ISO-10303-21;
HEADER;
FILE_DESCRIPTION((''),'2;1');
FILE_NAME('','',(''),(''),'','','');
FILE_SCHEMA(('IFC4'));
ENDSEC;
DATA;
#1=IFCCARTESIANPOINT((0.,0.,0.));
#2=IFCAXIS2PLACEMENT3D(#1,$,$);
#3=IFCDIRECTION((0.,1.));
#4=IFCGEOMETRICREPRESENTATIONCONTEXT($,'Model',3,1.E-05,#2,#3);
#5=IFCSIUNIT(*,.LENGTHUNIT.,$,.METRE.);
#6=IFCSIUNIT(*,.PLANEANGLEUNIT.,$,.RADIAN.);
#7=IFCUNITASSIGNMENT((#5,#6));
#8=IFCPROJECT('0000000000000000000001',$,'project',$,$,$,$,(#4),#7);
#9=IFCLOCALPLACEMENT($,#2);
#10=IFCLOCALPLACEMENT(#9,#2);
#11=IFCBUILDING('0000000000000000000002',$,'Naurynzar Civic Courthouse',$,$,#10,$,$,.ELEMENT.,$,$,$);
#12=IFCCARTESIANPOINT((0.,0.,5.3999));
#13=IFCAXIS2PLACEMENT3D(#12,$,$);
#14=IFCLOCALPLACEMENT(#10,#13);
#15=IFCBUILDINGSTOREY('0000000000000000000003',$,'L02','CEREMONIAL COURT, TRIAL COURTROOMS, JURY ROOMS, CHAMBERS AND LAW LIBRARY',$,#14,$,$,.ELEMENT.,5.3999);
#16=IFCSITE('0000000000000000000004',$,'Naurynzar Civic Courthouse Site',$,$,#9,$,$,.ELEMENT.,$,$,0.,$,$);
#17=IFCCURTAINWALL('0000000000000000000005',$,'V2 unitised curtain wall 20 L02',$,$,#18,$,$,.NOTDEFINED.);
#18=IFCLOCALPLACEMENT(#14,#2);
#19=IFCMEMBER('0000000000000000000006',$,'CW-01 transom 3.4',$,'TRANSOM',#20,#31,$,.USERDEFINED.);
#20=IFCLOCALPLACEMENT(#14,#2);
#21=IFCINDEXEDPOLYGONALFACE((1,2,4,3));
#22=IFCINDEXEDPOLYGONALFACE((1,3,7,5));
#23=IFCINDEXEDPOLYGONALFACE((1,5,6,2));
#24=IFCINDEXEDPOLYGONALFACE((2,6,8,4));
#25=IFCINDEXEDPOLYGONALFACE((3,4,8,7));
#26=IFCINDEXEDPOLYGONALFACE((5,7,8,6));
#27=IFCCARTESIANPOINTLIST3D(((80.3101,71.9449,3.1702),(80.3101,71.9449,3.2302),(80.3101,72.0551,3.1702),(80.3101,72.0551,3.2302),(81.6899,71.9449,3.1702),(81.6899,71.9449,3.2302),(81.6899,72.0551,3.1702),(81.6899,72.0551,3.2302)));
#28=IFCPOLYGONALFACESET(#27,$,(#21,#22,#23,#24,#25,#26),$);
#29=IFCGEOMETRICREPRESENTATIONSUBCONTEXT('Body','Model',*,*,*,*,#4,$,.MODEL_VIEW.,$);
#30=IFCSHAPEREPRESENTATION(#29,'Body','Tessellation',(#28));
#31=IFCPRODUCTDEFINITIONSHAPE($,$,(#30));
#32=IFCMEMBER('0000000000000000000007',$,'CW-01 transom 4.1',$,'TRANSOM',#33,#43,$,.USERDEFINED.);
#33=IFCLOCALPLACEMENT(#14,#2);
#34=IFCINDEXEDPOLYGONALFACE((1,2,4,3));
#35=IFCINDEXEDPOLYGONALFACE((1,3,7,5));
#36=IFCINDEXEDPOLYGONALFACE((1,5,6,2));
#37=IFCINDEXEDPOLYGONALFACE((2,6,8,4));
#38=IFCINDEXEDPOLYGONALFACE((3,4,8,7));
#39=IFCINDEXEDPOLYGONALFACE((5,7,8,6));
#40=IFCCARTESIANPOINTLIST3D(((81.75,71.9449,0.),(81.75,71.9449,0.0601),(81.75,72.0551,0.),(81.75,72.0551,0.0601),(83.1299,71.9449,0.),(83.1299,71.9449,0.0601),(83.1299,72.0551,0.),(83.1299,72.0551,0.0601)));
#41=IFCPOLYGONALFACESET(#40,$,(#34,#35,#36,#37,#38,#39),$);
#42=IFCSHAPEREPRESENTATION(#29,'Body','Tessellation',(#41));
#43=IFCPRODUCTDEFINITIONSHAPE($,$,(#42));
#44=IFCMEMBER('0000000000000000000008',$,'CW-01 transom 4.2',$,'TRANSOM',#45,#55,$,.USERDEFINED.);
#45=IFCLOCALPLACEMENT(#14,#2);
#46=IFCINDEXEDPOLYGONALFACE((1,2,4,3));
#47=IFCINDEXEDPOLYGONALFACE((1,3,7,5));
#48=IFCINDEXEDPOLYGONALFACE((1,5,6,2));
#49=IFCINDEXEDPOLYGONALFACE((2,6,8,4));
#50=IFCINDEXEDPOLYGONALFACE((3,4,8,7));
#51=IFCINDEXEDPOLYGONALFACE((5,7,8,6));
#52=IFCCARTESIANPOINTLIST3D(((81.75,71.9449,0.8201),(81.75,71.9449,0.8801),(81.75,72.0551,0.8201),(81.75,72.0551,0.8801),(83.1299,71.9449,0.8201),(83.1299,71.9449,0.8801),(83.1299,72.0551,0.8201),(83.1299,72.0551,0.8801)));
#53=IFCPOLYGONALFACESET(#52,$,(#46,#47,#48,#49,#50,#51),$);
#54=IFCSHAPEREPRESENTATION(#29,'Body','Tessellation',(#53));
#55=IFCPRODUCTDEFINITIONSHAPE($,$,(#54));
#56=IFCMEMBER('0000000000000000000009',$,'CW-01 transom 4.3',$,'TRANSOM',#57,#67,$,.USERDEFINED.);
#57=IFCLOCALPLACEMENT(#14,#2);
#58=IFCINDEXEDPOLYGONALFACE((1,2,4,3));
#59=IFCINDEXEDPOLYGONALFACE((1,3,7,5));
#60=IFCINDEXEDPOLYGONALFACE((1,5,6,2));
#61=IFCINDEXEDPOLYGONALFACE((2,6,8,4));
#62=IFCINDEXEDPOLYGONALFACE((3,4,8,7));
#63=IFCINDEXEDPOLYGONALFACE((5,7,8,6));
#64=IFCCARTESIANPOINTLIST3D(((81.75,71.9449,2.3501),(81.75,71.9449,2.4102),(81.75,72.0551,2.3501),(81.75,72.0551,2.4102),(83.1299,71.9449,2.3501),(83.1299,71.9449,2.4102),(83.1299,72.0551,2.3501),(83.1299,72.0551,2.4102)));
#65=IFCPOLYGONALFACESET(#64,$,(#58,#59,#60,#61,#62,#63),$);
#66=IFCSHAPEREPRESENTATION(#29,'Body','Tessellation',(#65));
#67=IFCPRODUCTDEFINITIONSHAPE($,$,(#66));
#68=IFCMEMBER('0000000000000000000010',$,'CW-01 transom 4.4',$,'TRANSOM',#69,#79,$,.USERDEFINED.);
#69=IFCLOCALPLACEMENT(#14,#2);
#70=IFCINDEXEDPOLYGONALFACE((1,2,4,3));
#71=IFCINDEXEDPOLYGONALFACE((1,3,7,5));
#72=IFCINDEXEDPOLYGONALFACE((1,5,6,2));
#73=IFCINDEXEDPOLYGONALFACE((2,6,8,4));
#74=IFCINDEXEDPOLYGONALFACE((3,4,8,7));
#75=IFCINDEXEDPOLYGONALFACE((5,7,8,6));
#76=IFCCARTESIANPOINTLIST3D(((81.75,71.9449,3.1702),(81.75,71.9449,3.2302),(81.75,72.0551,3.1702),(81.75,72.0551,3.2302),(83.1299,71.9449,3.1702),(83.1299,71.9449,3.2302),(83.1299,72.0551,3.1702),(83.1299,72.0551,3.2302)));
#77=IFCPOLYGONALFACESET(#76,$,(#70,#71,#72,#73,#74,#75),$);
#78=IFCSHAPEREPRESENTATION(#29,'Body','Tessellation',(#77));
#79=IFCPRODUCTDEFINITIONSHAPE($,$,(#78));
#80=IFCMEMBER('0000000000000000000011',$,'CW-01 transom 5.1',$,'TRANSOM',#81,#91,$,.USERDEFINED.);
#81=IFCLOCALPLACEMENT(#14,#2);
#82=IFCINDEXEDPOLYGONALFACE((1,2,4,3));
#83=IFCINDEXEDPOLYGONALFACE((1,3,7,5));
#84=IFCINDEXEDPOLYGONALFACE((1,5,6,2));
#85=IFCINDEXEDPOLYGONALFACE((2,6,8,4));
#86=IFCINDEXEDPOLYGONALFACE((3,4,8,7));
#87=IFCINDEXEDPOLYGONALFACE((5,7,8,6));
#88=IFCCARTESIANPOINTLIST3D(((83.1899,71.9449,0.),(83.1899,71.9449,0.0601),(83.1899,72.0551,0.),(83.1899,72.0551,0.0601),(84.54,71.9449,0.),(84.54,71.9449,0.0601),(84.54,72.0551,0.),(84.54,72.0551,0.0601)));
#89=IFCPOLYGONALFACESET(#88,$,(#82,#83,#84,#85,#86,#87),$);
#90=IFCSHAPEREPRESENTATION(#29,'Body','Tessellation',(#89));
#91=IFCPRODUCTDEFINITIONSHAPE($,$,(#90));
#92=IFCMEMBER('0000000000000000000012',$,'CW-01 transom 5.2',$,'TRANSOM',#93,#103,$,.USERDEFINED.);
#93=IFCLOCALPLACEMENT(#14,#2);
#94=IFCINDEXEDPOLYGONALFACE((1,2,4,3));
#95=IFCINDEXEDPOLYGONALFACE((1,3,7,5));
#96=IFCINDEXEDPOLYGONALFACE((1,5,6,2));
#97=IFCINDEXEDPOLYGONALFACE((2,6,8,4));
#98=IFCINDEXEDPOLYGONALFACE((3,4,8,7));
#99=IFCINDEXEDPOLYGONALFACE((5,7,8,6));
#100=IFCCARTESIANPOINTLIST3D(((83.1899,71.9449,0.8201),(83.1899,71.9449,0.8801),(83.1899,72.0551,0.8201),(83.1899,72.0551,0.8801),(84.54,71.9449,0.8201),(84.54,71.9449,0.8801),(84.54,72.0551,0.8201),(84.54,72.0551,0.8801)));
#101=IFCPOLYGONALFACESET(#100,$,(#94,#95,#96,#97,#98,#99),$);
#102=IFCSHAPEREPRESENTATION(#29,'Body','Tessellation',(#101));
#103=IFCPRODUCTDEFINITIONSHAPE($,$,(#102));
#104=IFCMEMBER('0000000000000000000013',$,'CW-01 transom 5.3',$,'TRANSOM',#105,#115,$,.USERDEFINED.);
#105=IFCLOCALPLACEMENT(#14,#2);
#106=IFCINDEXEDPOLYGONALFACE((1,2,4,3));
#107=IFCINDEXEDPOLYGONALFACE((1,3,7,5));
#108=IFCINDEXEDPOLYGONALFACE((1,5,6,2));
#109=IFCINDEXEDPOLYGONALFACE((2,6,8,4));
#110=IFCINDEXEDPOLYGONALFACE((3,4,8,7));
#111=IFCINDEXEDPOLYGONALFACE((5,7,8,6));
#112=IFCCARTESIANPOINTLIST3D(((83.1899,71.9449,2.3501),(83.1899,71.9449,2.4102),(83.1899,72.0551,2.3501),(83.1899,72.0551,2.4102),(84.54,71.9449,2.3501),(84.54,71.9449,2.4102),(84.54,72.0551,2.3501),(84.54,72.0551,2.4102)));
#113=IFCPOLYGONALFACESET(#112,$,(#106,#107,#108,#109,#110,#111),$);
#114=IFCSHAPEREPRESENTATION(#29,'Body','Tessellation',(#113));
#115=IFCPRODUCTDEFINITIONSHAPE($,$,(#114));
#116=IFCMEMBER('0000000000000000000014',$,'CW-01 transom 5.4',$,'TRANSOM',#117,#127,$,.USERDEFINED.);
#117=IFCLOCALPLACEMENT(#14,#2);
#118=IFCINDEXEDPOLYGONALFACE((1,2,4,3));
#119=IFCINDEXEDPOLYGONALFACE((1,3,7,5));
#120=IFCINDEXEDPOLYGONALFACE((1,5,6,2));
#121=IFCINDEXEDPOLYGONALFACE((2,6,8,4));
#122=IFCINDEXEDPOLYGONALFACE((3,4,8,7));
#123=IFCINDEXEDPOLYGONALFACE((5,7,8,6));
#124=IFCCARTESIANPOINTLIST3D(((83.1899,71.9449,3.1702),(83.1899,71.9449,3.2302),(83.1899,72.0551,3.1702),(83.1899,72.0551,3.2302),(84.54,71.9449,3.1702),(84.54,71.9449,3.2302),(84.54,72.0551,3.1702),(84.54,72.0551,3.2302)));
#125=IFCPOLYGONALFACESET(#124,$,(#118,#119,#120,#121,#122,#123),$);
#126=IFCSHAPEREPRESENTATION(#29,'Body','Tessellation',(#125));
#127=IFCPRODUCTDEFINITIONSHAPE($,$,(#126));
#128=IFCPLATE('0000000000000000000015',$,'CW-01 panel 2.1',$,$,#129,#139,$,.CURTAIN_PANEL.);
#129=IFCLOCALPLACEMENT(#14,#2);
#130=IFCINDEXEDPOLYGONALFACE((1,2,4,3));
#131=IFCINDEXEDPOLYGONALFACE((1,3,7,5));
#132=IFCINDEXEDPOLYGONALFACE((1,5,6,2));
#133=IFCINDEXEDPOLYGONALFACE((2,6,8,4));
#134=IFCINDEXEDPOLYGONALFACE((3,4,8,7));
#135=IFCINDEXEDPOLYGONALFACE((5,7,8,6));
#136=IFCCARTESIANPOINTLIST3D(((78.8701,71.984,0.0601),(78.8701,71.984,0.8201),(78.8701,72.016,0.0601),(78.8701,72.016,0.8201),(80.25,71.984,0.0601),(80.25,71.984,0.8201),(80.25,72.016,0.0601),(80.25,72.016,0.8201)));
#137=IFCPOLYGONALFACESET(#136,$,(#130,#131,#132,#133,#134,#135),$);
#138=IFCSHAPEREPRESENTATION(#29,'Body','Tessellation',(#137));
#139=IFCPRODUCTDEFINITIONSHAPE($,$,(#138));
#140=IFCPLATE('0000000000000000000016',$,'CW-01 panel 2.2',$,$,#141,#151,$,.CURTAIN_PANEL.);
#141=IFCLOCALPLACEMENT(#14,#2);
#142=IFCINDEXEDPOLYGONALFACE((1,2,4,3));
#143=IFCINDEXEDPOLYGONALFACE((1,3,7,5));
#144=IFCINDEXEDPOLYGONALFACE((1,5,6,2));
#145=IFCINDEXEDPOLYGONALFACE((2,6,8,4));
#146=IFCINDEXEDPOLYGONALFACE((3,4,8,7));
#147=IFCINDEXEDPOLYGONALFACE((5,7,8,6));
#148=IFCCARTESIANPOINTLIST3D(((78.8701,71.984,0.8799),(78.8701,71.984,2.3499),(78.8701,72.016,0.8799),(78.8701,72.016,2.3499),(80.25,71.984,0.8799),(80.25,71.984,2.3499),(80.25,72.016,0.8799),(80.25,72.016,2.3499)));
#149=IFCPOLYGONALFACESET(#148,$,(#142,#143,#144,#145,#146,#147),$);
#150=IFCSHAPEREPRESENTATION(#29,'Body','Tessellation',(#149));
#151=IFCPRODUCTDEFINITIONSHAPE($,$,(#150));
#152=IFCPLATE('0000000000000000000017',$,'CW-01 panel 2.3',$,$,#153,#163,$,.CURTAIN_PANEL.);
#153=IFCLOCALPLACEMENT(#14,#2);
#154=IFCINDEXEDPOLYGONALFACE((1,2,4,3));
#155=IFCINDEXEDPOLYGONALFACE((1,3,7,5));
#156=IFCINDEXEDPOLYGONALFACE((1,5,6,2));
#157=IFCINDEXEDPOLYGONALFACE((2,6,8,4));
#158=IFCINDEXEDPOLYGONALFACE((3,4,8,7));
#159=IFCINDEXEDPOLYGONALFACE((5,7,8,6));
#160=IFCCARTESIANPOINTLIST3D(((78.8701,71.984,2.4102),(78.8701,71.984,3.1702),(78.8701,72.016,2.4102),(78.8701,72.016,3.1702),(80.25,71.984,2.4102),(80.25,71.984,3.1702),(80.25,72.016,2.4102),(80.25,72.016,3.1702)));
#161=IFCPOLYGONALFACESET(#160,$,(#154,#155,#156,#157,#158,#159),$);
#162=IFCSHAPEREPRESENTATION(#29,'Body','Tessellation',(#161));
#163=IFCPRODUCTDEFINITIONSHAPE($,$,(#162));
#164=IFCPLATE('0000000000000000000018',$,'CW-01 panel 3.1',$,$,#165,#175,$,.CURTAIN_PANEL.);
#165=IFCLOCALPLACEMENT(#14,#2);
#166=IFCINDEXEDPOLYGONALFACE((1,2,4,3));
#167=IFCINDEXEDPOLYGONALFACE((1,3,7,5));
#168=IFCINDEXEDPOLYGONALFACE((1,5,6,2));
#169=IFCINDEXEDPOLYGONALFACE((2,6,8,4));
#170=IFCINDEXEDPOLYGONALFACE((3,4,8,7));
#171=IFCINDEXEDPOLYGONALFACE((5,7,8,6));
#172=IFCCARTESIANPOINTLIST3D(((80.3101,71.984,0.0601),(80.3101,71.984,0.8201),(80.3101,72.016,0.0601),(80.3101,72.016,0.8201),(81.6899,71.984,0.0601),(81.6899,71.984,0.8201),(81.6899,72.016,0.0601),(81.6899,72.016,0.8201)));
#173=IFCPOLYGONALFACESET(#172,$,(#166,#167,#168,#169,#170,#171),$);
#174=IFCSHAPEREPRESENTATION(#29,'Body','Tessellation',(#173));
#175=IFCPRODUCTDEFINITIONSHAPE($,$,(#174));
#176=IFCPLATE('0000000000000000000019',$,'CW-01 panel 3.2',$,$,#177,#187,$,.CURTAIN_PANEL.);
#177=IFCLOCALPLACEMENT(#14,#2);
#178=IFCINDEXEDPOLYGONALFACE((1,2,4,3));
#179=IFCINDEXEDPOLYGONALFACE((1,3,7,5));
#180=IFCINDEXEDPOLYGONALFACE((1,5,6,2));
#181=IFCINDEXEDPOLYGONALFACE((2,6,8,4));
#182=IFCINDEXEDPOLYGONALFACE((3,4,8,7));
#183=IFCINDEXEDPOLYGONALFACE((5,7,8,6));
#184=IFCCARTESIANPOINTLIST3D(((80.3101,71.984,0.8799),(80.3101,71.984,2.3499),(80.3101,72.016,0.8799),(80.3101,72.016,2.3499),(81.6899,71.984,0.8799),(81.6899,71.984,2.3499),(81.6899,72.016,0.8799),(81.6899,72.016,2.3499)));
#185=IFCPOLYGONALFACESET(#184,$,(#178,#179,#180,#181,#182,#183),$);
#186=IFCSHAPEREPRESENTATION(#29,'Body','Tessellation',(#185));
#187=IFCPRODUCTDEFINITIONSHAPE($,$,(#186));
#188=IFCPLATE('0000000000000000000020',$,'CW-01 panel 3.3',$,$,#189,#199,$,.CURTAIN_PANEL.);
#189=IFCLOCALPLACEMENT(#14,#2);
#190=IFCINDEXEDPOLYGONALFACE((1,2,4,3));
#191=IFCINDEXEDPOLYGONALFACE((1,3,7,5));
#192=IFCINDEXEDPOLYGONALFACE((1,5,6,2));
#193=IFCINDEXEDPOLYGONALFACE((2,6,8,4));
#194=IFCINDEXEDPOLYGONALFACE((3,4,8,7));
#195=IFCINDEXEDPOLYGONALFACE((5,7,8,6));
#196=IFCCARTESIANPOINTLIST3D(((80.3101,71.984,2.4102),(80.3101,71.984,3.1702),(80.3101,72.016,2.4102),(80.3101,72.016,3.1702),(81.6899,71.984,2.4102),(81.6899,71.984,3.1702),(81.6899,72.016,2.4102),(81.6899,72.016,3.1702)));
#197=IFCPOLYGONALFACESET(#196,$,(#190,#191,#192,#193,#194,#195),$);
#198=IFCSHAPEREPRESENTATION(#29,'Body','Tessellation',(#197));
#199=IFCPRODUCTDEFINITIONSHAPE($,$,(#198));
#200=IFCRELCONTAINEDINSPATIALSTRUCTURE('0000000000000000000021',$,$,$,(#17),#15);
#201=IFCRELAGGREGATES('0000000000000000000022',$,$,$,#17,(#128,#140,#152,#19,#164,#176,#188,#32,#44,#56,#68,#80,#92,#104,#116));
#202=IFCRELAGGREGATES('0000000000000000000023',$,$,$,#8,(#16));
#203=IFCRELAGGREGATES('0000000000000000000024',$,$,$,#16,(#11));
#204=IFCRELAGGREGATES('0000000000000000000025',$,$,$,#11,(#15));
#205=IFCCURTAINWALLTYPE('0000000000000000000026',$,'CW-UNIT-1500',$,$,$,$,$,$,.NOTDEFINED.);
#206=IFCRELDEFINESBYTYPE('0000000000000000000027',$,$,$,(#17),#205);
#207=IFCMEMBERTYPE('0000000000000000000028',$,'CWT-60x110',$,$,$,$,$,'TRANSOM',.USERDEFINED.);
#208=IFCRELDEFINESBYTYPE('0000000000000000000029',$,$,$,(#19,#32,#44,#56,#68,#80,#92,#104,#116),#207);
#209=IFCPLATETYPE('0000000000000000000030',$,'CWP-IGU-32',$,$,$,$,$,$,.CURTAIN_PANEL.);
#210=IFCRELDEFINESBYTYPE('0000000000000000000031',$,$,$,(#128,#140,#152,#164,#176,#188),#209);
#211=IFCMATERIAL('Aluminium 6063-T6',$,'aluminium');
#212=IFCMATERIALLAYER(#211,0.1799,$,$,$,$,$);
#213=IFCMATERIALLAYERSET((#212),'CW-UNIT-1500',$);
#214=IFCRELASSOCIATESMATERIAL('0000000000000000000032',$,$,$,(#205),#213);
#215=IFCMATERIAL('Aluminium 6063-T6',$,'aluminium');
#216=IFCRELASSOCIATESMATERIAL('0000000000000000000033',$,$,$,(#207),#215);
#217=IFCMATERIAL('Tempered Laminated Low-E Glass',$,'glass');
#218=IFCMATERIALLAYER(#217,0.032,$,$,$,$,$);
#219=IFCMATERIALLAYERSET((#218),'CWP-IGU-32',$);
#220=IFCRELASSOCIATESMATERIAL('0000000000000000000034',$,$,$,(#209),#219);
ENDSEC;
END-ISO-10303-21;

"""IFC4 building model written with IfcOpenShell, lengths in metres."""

from ifc_helpers import new_model, si_unit, direction, frame, origin, origin_2d, place, context, subcontext, project, spatial, rectangle, extrude, material, layer, layer_set, material_profile, profile_set, type_object, element, aggregate, save


model = new_model("IFC4")

# Units and contexts
model_context = context("Model", 3, precision=1e-05, world=origin(), true_north=direction((0.0, 1.0)))
body_context = subcontext(model_context, "Body", "Model", "MODEL_VIEW")
ifc_project = project(units=[si_unit("LENGTHUNIT", "METRE"), si_unit("PLANEANGLEUNIT", "RADIAN")], contexts=[model_context])

# Site, building, storey
site_placement = place(None, origin())
site = spatial("IfcSite", under=ifc_project, at=site_placement, Name="Naurynzar Civic Courthouse Site", CompositionType="ELEMENT", RefElevation=0.0)
building_placement = place(site_placement, origin())
building = spatial("IfcBuilding", under=site, at=building_placement, Name="Naurynzar Civic Courthouse", CompositionType="ELEMENT")
storey_placement = place(building_placement, frame((0.0, 0.0, 5.3999)))
storey = spatial("IfcBuildingStorey", under=building, at=storey_placement, Name="L02", Description="CEREMONIAL COURT, TRIAL COURTROOMS, JURY ROOMS, CHAMBERS AND LAW LIBRARY", CompositionType="ELEMENT", Elevation=5.3999)

# Curtain wall, members, plates
ifc_material_1 = material(Name="Aluminium 6063-T6", Category="aluminium")
ifc_layer_1 = layer(ifc_material_1, 0.1799)
ifc_layer_set_1 = layer_set([ifc_layer_1], Name="CW-UNIT-1500")
curtain_wall_type = type_object("IfcCurtainWallType", Name="CW-UNIT-1500", PredefinedType="NOTDEFINED", material=ifc_layer_set_1)
curtain_wall_placement = place(storey_placement, origin())
curtain_wall = element("IfcCurtainWall", 1, at=curtain_wall_placement, inside=storey, type_object=curtain_wall_type, Name="V2 unitised curtain wall 20 L02", PredefinedType="NOTDEFINED")
ifc_material_2 = material(Name="Aluminium 6063-T6", Category="aluminium")
ifc_material_profile_1 = material_profile(ifc_material_2, rectangle(XDim=0.1101, YDim=0.0601, at=origin_2d()), Name="ALU TRANSOM 60x110")
ifc_profile_set_1 = profile_set([ifc_material_profile_1], Name="Aluminium 6063-T6")
member_type_1 = type_object("IfcMemberType", Name="CWT-60x110", ElementType="TRANSOM", PredefinedType="USERDEFINED", material=ifc_profile_set_1)
member_1_placement = place(storey_placement, frame((80.3101, 72.0, 3.2002), z_axis=(1.0, 0.0, 0.0), x_axis=(0.0, 1.0, 0.0)))
member_1 = element("IfcMember", 2, at=member_1_placement, type_object=member_type_1, Name="CW-01 transom 3.4", ObjectType="TRANSOM", PredefinedType="USERDEFINED", context=body_context, shape_type="SweptSolid", body=[
    extrude(rectangle(XDim=0.1101, YDim=0.0601, at=origin_2d()), origin(), (0.0, 0.0, 1.0), 1.3799),
])
member_2_placement = place(storey_placement, frame((81.75, 72.0, 0.03), z_axis=(1.0, 0.0, 0.0), x_axis=(0.0, 1.0, 0.0)))
member_2 = element("IfcMember", 3, at=member_2_placement, type_object=member_type_1, Name="CW-01 transom 4.1", ObjectType="TRANSOM", PredefinedType="USERDEFINED", context=body_context, shape_type="SweptSolid", body=[
    extrude(rectangle(XDim=0.1101, YDim=0.0601, at=origin_2d()), origin(), (0.0, 0.0, 1.0), 1.3799),
])
member_3_placement = place(storey_placement, frame((81.75, 72.0, 0.8501), z_axis=(1.0, 0.0, 0.0), x_axis=(0.0, 1.0, 0.0)))
member_3 = element("IfcMember", 4, at=member_3_placement, type_object=member_type_1, Name="CW-01 transom 4.2", ObjectType="TRANSOM", PredefinedType="USERDEFINED", context=body_context, shape_type="SweptSolid", body=[
    extrude(rectangle(XDim=0.1101, YDim=0.0601, at=origin_2d()), origin(), (0.0, 0.0, 1.0), 1.3799),
])
member_4_placement = place(storey_placement, frame((81.75, 72.0, 2.3801), z_axis=(1.0, 0.0, 0.0), x_axis=(0.0, 1.0, 0.0)))
member_4 = element("IfcMember", 5, at=member_4_placement, type_object=member_type_1, Name="CW-01 transom 4.3", ObjectType="TRANSOM", PredefinedType="USERDEFINED", context=body_context, shape_type="SweptSolid", body=[
    extrude(rectangle(XDim=0.1101, YDim=0.0601, at=origin_2d()), origin(), (0.0, 0.0, 1.0), 1.3799),
])
member_5_placement = place(storey_placement, frame((81.75, 72.0, 3.2002), z_axis=(1.0, 0.0, 0.0), x_axis=(0.0, 1.0, 0.0)))
member_5 = element("IfcMember", 6, at=member_5_placement, type_object=member_type_1, Name="CW-01 transom 4.4", ObjectType="TRANSOM", PredefinedType="USERDEFINED", context=body_context, shape_type="SweptSolid", body=[
    extrude(rectangle(XDim=0.1101, YDim=0.0601, at=origin_2d()), origin(), (0.0, 0.0, 1.0), 1.3799),
])
member_6_placement = place(storey_placement, frame((83.1899, 72.0, 0.03), z_axis=(1.0, 0.0, 0.0), x_axis=(0.0, 1.0, 0.0)))
member_6 = element("IfcMember", 7, at=member_6_placement, type_object=member_type_1, Name="CW-01 transom 5.1", ObjectType="TRANSOM", PredefinedType="USERDEFINED", context=body_context, shape_type="SweptSolid", body=[
    extrude(rectangle(XDim=0.1101, YDim=0.0601, at=origin_2d()), origin(), (0.0, 0.0, 1.0), 1.3501),
])
member_7_placement = place(storey_placement, frame((83.1899, 72.0, 0.8501), z_axis=(1.0, 0.0, 0.0), x_axis=(0.0, 1.0, 0.0)))
member_7 = element("IfcMember", 8, at=member_7_placement, type_object=member_type_1, Name="CW-01 transom 5.2", ObjectType="TRANSOM", PredefinedType="USERDEFINED", context=body_context, shape_type="SweptSolid", body=[
    extrude(rectangle(XDim=0.1101, YDim=0.0601, at=origin_2d()), origin(), (0.0, 0.0, 1.0), 1.3501),
])
member_8_placement = place(storey_placement, frame((83.1899, 72.0, 2.3801), z_axis=(1.0, 0.0, 0.0), x_axis=(0.0, 1.0, 0.0)))
member_8 = element("IfcMember", 9, at=member_8_placement, type_object=member_type_1, Name="CW-01 transom 5.3", ObjectType="TRANSOM", PredefinedType="USERDEFINED", context=body_context, shape_type="SweptSolid", body=[
    extrude(rectangle(XDim=0.1101, YDim=0.0601, at=origin_2d()), origin(), (0.0, 0.0, 1.0), 1.3501),
])
member_9_placement = place(storey_placement, frame((83.1899, 72.0, 3.2002), z_axis=(1.0, 0.0, 0.0), x_axis=(0.0, 1.0, 0.0)))
member_9 = element("IfcMember", 10, at=member_9_placement, type_object=member_type_1, Name="CW-01 transom 5.4", ObjectType="TRANSOM", PredefinedType="USERDEFINED", context=body_context, shape_type="SweptSolid", body=[
    extrude(rectangle(XDim=0.1101, YDim=0.0601, at=origin_2d()), origin(), (0.0, 0.0, 1.0), 1.3501),
])
ifc_material_3 = material(Name="Tempered Laminated Low-E Glass", Category="glass")
ifc_layer_2 = layer(ifc_material_3, 0.032)
ifc_layer_set_2 = layer_set([ifc_layer_2], Name="CWP-IGU-32")
plate_type = type_object("IfcPlateType", Name="CWP-IGU-32", PredefinedType="CURTAIN_PANEL", material=ifc_layer_set_2)
plate_1_placement = place(storey_placement, frame((79.5601, 72.0, 0.0601), z_axis=(0.0, 0.0, 1.0), x_axis=(1.0, 0.0, 0.0)))
plate_1 = element("IfcPlate", 11, at=plate_1_placement, type_object=plate_type, Name="CW-01 panel 2.1", PredefinedType="CURTAIN_PANEL", context=body_context, shape_type="SweptSolid", body=[
    extrude(rectangle(XDim=1.3799, YDim=0.032, at=origin_2d()), origin(), (0.0, 0.0, 1.0), 0.76),
])
plate_2_placement = place(storey_placement, frame((79.5601, 72.0, 0.8799), z_axis=(0.0, 0.0, 1.0), x_axis=(1.0, 0.0, 0.0)))
plate_2 = element("IfcPlate", 12, at=plate_2_placement, type_object=plate_type, Name="CW-01 panel 2.2", PredefinedType="CURTAIN_PANEL", context=body_context, shape_type="SweptSolid", body=[
    extrude(rectangle(XDim=1.3799, YDim=0.032, at=origin_2d()), origin(), (0.0, 0.0, 1.0), 1.47),
])
plate_3_placement = place(storey_placement, frame((79.5601, 72.0, 2.4102), z_axis=(0.0, 0.0, 1.0), x_axis=(1.0, 0.0, 0.0)))
plate_3 = element("IfcPlate", 13, at=plate_3_placement, type_object=plate_type, Name="CW-01 panel 2.3", PredefinedType="CURTAIN_PANEL", context=body_context, shape_type="SweptSolid", body=[
    extrude(rectangle(XDim=1.3799, YDim=0.032, at=origin_2d()), origin(), (0.0, 0.0, 1.0), 0.76),
])
plate_4_placement = place(storey_placement, frame((81.0, 72.0, 0.0601), z_axis=(0.0, 0.0, 1.0), x_axis=(1.0, 0.0, 0.0)))
plate_4 = element("IfcPlate", 14, at=plate_4_placement, type_object=plate_type, Name="CW-01 panel 3.1", PredefinedType="CURTAIN_PANEL", context=body_context, shape_type="SweptSolid", body=[
    extrude(rectangle(XDim=1.3799, YDim=0.032, at=origin_2d()), origin(), (0.0, 0.0, 1.0), 0.76),
])
plate_5_placement = place(storey_placement, frame((81.0, 72.0, 0.8799), z_axis=(0.0, 0.0, 1.0), x_axis=(1.0, 0.0, 0.0)))
plate_5 = element("IfcPlate", 15, at=plate_5_placement, type_object=plate_type, Name="CW-01 panel 3.2", PredefinedType="CURTAIN_PANEL", context=body_context, shape_type="SweptSolid", body=[
    extrude(rectangle(XDim=1.3799, YDim=0.032, at=origin_2d()), origin(), (0.0, 0.0, 1.0), 1.47),
])
plate_6_placement = place(storey_placement, frame((81.0, 72.0, 2.4102), z_axis=(0.0, 0.0, 1.0), x_axis=(1.0, 0.0, 0.0)))
plate_6 = element("IfcPlate", 16, at=plate_6_placement, type_object=plate_type, Name="CW-01 panel 3.3", PredefinedType="CURTAIN_PANEL", context=body_context, shape_type="SweptSolid", body=[
    extrude(rectangle(XDim=1.3799, YDim=0.032, at=origin_2d()), origin(), (0.0, 0.0, 1.0), 0.76),
])
aggregate(curtain_wall, [plate_1, plate_2, plate_3, member_1, plate_4, plate_5, plate_6, member_2, member_3, member_4, member_5, member_6, member_7, member_8, member_9])

save(model, "model.ifc")
